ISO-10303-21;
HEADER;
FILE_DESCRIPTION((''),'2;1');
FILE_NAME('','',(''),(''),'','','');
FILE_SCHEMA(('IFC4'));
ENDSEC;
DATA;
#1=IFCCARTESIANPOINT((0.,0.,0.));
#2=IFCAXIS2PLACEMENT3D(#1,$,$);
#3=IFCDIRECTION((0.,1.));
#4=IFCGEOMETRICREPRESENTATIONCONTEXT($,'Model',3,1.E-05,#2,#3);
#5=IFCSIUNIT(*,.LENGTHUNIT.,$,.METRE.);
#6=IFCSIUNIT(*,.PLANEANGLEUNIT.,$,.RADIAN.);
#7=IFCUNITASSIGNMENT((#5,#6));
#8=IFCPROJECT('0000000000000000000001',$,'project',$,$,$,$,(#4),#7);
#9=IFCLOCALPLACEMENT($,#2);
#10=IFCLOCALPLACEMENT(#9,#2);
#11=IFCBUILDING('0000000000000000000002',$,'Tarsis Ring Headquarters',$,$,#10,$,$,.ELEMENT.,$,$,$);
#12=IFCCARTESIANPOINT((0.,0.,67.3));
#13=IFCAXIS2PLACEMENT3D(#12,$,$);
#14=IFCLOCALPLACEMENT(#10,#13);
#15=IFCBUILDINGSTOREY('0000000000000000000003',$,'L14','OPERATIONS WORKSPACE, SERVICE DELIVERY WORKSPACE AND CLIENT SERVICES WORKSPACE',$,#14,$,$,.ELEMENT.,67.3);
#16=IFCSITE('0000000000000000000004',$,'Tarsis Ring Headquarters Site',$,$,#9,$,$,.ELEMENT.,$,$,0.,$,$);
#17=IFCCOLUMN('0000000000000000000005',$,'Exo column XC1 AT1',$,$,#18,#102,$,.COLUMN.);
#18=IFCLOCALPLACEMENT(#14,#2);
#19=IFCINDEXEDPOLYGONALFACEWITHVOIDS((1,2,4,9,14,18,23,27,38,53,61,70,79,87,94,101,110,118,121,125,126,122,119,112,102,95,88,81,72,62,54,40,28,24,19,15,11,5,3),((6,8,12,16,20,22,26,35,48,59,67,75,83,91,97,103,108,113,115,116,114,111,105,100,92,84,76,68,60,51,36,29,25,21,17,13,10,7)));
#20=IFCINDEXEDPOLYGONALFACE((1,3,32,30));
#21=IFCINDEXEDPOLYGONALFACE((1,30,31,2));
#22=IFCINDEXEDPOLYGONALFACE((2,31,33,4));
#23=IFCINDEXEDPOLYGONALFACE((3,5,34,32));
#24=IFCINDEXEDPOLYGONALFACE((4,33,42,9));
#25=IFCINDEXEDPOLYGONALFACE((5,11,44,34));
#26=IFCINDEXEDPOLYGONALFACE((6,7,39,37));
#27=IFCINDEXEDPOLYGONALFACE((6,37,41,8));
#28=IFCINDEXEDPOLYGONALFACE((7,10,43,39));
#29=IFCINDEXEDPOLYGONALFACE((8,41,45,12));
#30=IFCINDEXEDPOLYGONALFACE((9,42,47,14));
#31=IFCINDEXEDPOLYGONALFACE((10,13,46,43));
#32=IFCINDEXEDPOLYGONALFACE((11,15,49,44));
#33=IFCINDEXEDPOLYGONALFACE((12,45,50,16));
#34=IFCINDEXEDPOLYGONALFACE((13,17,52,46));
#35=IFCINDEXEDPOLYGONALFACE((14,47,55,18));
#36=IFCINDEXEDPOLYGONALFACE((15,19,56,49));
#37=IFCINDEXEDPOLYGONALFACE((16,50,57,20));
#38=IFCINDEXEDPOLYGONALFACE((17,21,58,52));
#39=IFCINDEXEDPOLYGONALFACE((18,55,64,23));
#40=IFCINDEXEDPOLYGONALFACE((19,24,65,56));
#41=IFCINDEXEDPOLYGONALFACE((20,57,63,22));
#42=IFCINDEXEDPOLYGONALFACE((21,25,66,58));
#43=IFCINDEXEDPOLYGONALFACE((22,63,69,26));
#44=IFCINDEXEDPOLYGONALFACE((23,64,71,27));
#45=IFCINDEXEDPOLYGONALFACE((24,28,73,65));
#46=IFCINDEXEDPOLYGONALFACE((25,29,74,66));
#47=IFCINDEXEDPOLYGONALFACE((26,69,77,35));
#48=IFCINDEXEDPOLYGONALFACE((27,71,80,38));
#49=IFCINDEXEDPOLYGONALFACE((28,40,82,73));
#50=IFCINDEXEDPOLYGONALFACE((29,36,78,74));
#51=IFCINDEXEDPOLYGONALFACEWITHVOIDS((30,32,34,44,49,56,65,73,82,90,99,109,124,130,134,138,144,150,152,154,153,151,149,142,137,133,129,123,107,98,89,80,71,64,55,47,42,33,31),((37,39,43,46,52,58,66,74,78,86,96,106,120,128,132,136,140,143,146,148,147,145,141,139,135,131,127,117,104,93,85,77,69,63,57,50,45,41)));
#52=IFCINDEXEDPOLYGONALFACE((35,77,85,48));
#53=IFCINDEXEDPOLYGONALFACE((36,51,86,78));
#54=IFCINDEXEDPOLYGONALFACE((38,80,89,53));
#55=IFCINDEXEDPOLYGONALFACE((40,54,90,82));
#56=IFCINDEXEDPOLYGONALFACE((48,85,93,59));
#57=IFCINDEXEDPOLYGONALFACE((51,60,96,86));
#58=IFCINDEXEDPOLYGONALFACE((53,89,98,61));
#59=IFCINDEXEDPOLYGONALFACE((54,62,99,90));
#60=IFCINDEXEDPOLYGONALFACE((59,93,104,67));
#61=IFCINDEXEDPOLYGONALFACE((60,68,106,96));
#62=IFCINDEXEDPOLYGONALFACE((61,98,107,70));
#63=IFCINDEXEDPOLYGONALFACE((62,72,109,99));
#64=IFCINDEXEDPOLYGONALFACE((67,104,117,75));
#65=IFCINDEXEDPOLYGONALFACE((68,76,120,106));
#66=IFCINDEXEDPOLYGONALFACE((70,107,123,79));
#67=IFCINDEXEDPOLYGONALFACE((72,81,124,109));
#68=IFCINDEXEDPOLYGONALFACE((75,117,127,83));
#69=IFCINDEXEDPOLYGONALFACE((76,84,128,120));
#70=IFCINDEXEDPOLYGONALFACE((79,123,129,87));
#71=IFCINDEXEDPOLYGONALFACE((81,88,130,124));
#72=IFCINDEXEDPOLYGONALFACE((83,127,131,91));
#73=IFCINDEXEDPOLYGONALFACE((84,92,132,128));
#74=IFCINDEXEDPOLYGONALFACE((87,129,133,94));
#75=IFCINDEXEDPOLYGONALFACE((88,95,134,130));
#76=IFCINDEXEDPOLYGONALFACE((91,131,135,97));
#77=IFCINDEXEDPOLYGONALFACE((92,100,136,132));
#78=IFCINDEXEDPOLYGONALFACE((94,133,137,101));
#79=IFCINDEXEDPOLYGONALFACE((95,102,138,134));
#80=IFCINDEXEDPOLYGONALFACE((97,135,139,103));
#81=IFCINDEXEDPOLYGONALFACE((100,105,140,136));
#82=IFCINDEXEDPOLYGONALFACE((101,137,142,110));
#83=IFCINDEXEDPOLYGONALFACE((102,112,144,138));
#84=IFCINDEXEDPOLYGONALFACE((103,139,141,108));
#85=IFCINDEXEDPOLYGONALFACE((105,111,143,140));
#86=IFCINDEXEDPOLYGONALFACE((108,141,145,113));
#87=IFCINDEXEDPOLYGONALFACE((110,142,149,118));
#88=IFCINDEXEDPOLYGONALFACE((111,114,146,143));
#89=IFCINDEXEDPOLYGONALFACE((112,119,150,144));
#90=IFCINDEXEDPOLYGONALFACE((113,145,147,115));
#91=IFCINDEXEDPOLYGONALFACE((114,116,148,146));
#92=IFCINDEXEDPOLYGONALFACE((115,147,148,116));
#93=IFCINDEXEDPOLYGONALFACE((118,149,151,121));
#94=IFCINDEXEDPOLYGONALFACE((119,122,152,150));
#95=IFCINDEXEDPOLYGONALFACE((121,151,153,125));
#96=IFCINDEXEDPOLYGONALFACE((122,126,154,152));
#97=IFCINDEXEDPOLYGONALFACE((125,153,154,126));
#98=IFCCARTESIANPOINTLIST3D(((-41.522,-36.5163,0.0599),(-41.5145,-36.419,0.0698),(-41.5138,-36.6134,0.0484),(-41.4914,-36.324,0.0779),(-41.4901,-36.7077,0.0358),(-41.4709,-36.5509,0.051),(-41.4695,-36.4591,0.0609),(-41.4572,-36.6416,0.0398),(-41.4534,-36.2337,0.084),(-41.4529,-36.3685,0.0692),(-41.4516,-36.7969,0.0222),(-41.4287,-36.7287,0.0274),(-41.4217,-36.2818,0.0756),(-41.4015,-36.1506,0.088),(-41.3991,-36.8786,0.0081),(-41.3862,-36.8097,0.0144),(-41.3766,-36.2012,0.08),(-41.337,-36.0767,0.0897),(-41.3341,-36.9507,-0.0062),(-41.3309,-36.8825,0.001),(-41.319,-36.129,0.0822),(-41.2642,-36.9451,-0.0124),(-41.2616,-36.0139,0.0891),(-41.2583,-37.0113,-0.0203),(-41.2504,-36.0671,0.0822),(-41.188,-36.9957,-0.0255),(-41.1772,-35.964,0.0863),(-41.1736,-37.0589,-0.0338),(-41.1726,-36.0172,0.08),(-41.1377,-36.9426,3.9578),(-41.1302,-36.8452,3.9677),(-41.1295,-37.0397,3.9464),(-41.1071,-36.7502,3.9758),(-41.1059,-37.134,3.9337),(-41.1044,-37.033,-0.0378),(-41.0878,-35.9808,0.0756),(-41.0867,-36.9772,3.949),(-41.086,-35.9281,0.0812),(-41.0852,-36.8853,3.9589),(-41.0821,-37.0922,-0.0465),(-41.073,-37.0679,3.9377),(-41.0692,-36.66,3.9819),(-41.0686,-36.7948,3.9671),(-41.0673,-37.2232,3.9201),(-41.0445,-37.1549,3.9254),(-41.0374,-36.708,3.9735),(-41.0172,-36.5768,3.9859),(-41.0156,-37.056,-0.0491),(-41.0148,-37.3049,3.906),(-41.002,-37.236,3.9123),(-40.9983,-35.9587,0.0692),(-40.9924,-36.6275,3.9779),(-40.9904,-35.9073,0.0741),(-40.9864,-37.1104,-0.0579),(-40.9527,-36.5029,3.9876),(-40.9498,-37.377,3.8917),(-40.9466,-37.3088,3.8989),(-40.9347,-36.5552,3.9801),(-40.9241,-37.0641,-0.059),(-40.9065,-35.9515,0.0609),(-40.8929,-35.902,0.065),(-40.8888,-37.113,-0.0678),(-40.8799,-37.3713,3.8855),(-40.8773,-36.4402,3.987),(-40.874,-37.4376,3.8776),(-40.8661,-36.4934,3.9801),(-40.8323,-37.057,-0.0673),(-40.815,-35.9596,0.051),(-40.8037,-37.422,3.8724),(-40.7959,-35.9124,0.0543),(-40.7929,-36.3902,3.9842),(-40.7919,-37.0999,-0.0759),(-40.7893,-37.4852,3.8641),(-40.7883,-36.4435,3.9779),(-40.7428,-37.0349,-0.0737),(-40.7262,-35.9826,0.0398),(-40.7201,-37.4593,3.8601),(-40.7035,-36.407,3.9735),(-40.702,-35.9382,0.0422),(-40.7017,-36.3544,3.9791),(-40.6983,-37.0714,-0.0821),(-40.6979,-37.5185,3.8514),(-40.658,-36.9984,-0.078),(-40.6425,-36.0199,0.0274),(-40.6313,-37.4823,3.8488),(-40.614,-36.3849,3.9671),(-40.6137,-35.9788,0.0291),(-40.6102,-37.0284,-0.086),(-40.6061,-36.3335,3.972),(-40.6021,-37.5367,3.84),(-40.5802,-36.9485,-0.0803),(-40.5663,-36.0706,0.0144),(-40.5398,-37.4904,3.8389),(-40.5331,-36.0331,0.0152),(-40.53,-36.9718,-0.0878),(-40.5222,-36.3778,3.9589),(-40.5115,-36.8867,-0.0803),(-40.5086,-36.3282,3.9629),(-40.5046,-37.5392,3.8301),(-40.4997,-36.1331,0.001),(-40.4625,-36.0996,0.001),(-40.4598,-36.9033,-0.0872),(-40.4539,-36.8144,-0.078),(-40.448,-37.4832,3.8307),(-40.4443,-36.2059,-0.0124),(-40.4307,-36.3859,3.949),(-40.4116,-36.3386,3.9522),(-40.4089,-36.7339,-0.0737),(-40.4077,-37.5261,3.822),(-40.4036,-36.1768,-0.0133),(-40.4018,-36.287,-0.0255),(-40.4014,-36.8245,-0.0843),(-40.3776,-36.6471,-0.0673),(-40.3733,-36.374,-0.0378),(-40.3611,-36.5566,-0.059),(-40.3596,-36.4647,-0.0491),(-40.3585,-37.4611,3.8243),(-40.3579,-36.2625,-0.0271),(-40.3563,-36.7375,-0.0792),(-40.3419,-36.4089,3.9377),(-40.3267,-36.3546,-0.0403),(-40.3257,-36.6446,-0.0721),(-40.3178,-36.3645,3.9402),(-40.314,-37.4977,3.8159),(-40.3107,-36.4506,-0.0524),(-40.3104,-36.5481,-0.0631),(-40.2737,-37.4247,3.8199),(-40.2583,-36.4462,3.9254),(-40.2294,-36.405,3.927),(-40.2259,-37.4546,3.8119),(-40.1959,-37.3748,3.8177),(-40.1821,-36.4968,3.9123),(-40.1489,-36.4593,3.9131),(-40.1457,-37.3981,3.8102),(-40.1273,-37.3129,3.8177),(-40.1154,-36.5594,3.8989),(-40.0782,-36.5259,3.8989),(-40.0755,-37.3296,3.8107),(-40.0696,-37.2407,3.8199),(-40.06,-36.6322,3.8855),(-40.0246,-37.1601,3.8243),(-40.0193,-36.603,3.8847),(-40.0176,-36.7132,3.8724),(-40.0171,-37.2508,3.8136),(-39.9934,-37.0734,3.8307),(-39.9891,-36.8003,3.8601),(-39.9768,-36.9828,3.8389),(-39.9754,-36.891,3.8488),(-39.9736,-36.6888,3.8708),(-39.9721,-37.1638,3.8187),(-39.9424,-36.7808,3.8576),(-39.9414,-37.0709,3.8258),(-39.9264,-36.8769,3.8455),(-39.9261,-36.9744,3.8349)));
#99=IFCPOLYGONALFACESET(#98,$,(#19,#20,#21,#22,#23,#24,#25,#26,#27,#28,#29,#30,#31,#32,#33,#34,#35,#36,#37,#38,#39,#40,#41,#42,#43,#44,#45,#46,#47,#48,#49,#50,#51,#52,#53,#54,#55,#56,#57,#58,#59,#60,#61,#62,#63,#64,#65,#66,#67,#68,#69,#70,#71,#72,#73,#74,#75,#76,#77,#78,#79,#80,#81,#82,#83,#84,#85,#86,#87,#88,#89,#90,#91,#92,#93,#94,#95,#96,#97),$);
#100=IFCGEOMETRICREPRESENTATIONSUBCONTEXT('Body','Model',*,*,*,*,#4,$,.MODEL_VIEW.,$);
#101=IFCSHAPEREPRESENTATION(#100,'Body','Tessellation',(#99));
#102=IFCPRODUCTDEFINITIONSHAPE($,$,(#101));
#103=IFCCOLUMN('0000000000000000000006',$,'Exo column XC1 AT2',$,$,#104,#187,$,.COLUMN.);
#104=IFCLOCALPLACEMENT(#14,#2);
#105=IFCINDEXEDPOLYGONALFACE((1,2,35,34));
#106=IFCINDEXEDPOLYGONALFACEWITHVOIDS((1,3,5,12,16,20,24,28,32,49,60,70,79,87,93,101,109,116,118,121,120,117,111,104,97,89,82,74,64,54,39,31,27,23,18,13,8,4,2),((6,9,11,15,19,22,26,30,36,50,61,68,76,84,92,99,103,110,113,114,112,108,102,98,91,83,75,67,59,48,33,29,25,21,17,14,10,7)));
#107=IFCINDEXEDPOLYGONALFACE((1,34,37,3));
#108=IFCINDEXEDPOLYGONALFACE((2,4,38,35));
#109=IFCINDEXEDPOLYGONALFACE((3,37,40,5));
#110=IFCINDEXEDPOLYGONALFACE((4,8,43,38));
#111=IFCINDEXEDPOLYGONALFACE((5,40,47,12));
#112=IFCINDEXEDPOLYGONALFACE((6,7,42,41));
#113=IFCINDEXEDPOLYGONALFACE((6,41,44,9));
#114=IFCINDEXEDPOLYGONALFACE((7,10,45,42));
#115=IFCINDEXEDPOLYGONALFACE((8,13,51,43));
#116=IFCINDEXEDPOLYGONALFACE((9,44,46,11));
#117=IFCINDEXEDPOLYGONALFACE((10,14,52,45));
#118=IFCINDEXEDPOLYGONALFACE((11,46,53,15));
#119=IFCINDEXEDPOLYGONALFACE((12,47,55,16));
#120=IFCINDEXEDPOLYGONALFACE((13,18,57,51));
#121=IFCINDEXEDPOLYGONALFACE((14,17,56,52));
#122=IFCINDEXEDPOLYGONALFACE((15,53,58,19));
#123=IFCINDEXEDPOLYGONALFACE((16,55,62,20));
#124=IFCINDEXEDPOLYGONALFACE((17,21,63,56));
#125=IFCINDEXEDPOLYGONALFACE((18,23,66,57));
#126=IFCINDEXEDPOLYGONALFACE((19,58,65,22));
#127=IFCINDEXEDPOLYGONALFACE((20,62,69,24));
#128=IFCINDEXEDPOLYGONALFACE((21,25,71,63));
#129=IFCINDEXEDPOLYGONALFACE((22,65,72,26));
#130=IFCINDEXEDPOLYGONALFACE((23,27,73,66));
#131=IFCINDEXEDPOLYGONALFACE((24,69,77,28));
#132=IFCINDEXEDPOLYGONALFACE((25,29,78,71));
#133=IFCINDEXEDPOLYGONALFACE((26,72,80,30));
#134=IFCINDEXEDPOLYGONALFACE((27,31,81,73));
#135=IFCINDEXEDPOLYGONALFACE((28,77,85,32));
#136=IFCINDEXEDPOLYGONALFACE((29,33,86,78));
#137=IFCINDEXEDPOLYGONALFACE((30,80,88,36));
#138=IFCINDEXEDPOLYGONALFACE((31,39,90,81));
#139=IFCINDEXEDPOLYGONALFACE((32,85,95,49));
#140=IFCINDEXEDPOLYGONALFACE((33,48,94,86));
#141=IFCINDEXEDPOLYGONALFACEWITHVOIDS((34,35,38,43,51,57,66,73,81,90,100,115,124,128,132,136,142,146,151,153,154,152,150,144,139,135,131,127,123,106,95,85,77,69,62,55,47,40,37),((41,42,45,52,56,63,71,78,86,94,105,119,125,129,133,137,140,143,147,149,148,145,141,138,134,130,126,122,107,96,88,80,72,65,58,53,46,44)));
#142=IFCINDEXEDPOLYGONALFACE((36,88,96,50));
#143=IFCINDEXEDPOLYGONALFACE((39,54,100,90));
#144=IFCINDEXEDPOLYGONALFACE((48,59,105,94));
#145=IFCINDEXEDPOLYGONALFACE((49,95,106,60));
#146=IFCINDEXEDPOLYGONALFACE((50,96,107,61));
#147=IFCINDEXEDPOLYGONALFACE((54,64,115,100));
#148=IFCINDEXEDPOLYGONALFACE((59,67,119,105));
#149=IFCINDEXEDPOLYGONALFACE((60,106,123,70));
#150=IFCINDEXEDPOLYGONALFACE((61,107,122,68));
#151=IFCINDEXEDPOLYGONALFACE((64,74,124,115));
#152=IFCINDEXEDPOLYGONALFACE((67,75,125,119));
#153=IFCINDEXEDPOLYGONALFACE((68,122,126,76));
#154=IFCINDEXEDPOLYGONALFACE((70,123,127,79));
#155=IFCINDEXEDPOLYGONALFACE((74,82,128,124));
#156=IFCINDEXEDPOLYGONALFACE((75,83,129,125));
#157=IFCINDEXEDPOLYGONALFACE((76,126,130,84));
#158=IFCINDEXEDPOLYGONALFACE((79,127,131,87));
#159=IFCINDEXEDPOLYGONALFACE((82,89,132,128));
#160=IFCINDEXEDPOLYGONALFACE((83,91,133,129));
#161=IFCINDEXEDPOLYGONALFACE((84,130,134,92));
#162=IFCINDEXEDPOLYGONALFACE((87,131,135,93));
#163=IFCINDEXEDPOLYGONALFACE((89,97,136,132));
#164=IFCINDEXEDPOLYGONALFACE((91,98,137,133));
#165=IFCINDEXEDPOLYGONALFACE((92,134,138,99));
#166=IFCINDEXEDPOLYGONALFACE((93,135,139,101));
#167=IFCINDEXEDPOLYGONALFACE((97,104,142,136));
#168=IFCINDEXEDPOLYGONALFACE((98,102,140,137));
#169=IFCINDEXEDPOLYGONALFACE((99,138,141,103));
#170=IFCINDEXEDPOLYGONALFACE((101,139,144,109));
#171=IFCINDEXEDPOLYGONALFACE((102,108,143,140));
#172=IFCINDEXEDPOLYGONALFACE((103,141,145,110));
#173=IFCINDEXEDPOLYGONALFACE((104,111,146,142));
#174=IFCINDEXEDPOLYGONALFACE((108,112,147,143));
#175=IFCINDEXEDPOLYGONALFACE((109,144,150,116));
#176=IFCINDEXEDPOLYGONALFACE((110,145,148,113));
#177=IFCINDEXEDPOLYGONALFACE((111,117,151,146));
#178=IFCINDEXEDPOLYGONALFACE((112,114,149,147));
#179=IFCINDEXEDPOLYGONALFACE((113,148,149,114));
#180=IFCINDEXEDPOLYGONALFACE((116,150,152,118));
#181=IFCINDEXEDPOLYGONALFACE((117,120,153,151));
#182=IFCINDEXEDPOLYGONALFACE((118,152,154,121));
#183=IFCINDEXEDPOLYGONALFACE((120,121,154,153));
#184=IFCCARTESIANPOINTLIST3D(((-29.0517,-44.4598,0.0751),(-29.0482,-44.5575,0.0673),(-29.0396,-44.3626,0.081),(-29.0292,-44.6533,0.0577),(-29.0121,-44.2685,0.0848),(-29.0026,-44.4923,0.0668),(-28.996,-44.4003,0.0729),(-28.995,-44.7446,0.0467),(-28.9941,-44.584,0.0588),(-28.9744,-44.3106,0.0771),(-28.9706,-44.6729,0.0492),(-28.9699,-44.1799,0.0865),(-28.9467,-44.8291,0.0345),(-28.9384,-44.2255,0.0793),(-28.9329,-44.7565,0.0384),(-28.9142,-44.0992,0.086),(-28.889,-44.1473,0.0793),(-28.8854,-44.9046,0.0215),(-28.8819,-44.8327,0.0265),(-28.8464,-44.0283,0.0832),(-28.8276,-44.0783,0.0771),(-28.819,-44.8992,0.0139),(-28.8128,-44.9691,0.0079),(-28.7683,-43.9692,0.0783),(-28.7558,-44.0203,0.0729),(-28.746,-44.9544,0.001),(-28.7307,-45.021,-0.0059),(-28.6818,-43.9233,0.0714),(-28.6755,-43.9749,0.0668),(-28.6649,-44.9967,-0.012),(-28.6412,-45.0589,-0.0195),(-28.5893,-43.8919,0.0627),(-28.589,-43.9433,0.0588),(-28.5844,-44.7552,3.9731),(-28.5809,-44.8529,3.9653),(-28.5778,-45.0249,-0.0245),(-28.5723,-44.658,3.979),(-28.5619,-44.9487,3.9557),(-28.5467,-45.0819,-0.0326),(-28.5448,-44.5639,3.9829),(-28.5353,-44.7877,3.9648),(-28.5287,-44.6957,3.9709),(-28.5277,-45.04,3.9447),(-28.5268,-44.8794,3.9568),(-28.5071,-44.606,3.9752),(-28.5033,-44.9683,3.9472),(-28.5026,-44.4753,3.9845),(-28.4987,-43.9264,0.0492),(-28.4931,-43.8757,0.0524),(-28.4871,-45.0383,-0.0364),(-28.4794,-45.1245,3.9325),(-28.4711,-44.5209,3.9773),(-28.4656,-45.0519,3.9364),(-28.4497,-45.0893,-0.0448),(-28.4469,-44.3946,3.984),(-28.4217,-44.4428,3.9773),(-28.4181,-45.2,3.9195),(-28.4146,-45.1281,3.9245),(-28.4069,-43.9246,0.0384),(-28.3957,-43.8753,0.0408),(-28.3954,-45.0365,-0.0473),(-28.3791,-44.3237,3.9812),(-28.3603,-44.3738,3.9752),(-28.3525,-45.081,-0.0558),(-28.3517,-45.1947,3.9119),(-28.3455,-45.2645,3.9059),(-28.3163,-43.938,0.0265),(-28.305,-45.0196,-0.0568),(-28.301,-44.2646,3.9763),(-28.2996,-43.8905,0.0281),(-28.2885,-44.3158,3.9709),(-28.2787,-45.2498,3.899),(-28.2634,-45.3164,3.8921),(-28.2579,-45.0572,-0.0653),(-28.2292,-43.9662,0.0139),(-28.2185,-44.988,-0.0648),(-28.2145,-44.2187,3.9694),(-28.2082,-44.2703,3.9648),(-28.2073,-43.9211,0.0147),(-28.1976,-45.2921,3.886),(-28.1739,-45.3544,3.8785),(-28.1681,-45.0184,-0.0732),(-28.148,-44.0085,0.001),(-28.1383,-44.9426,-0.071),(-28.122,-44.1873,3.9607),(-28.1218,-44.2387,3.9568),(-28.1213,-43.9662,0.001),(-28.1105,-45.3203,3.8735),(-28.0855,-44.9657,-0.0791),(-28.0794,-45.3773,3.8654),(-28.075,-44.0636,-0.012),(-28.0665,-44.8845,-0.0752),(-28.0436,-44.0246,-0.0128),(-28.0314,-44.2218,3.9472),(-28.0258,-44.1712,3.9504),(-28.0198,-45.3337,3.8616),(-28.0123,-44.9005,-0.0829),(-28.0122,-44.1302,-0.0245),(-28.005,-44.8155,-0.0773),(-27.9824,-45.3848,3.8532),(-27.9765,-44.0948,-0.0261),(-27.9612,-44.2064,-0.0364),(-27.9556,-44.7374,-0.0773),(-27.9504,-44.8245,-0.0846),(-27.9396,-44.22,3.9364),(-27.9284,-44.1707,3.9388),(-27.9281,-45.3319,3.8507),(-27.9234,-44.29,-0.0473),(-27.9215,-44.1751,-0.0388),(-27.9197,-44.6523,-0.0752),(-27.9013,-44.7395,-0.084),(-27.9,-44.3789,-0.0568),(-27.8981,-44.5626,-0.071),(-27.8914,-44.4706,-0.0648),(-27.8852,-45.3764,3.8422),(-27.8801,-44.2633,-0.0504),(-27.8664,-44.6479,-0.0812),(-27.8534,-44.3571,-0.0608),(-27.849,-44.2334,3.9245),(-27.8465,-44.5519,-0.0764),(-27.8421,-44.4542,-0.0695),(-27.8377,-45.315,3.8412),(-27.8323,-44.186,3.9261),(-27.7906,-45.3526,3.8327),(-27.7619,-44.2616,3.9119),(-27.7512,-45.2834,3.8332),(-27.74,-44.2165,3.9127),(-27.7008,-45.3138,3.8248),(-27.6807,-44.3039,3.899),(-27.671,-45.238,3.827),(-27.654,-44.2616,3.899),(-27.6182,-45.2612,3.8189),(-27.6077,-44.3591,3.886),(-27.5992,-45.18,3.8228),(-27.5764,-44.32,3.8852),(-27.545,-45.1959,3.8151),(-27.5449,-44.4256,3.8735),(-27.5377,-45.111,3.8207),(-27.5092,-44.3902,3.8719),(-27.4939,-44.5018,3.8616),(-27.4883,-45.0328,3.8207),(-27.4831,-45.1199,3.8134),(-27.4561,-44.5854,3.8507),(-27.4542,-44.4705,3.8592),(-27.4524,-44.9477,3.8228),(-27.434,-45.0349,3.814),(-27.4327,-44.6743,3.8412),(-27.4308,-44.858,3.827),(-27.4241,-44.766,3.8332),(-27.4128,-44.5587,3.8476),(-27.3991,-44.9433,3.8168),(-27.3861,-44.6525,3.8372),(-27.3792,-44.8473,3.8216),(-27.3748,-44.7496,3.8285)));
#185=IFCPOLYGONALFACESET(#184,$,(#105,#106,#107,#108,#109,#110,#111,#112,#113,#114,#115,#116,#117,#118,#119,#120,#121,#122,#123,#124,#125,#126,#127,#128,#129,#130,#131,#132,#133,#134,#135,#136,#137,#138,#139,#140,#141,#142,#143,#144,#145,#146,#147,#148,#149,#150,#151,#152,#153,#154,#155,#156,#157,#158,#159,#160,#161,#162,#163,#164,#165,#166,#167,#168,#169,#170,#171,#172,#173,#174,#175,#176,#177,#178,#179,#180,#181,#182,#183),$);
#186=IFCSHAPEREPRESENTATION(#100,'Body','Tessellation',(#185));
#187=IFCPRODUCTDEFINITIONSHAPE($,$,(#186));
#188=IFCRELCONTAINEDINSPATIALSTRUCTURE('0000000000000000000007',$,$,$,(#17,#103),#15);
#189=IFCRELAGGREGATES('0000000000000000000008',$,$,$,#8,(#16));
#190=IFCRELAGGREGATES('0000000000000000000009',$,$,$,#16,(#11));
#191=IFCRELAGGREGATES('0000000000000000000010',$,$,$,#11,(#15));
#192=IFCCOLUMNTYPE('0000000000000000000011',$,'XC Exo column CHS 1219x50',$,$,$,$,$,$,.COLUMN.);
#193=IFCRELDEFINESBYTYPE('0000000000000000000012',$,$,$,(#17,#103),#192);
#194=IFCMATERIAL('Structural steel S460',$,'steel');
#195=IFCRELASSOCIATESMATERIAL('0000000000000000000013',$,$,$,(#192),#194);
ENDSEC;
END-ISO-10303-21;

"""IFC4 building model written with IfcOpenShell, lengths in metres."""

from ifc_helpers import new_model, si_unit, direction, frame, origin, origin_2d, place, context, subcontext, project, spatial, hollow_circle, extrude, material, material_profile, profile_set, type_object, element, save


model = new_model("IFC4")

# Units and contexts
model_context = context("Model", 3, precision=1e-05, world=origin(), true_north=direction((0.0, 1.0)))
body_context = subcontext(model_context, "Body", "Model", "MODEL_VIEW")
ifc_project = project(units=[si_unit("LENGTHUNIT", "METRE"), si_unit("PLANEANGLEUNIT", "RADIAN")], contexts=[model_context])

# Site, building, storey
site_placement = place(None, origin())
site = spatial("IfcSite", under=ifc_project, at=site_placement, Name="Tarsis Ring Headquarters Site", CompositionType="ELEMENT", RefElevation=0.0)
building_placement = place(site_placement, origin())
building = spatial("IfcBuilding", under=site, at=building_placement, Name="Tarsis Ring Headquarters", CompositionType="ELEMENT")
storey_placement = place(building_placement, frame((0.0, 0.0, 67.3)))
storey = spatial("IfcBuildingStorey", under=building, at=storey_placement, Name="L14", Description="OPERATIONS WORKSPACE, SERVICE DELIVERY WORKSPACE AND CLIENT SERVICES WORKSPACE", CompositionType="ELEMENT", Elevation=67.3)

# Columns
ifc_material_1 = material(Name="Structural steel S460", Category="steel")
ifc_material_profile_1 = material_profile(ifc_material_1, hollow_circle(Radius=0.6096, WallThickness=0.05, at=origin_2d()), Name="CHS 1219x50")
ifc_profile_set_1 = profile_set([ifc_material_profile_1], Name="Structural steel S460")
column_type = type_object("IfcColumnType", Name="XC Exo column CHS 1219x50", PredefinedType="COLUMN", material=ifc_profile_set_1)
column_1_placement = place(storey_placement, frame((-40.9153, -36.5078, 0.001), z_axis=(0.097533, -0.108191, 0.989334), x_axis=(0.742744, 0.669576, 0.0)))
element("IfcColumn", 1, at=column_1_placement, inside=storey, type_object=column_type, Name="Exo column XC1 AT1", PredefinedType="COLUMN", context=body_context, shape_type="SweptSolid", body=[
    extrude(hollow_circle(Radius=0.6096, WallThickness=0.05, at=origin_2d()), origin(), (0.0, 0.0, 1.0), 3.9399),
])
column_2_placement = place(storey_placement, frame((-28.447, -44.4814, 0.001), z_axis=(0.118692, -0.075035, 0.990092), x_axis=(0.534358, 0.845258, 0.0)))
element("IfcColumn", 2, at=column_2_placement, inside=storey, type_object=column_type, Name="Exo column XC1 AT2", PredefinedType="COLUMN", context=body_context, shape_type="SweptSolid", body=[
    extrude(hollow_circle(Radius=0.6096, WallThickness=0.05, at=origin_2d()), origin(), (0.0, 0.0, 1.0), 3.937),
])

save(model, "model.ifc")
